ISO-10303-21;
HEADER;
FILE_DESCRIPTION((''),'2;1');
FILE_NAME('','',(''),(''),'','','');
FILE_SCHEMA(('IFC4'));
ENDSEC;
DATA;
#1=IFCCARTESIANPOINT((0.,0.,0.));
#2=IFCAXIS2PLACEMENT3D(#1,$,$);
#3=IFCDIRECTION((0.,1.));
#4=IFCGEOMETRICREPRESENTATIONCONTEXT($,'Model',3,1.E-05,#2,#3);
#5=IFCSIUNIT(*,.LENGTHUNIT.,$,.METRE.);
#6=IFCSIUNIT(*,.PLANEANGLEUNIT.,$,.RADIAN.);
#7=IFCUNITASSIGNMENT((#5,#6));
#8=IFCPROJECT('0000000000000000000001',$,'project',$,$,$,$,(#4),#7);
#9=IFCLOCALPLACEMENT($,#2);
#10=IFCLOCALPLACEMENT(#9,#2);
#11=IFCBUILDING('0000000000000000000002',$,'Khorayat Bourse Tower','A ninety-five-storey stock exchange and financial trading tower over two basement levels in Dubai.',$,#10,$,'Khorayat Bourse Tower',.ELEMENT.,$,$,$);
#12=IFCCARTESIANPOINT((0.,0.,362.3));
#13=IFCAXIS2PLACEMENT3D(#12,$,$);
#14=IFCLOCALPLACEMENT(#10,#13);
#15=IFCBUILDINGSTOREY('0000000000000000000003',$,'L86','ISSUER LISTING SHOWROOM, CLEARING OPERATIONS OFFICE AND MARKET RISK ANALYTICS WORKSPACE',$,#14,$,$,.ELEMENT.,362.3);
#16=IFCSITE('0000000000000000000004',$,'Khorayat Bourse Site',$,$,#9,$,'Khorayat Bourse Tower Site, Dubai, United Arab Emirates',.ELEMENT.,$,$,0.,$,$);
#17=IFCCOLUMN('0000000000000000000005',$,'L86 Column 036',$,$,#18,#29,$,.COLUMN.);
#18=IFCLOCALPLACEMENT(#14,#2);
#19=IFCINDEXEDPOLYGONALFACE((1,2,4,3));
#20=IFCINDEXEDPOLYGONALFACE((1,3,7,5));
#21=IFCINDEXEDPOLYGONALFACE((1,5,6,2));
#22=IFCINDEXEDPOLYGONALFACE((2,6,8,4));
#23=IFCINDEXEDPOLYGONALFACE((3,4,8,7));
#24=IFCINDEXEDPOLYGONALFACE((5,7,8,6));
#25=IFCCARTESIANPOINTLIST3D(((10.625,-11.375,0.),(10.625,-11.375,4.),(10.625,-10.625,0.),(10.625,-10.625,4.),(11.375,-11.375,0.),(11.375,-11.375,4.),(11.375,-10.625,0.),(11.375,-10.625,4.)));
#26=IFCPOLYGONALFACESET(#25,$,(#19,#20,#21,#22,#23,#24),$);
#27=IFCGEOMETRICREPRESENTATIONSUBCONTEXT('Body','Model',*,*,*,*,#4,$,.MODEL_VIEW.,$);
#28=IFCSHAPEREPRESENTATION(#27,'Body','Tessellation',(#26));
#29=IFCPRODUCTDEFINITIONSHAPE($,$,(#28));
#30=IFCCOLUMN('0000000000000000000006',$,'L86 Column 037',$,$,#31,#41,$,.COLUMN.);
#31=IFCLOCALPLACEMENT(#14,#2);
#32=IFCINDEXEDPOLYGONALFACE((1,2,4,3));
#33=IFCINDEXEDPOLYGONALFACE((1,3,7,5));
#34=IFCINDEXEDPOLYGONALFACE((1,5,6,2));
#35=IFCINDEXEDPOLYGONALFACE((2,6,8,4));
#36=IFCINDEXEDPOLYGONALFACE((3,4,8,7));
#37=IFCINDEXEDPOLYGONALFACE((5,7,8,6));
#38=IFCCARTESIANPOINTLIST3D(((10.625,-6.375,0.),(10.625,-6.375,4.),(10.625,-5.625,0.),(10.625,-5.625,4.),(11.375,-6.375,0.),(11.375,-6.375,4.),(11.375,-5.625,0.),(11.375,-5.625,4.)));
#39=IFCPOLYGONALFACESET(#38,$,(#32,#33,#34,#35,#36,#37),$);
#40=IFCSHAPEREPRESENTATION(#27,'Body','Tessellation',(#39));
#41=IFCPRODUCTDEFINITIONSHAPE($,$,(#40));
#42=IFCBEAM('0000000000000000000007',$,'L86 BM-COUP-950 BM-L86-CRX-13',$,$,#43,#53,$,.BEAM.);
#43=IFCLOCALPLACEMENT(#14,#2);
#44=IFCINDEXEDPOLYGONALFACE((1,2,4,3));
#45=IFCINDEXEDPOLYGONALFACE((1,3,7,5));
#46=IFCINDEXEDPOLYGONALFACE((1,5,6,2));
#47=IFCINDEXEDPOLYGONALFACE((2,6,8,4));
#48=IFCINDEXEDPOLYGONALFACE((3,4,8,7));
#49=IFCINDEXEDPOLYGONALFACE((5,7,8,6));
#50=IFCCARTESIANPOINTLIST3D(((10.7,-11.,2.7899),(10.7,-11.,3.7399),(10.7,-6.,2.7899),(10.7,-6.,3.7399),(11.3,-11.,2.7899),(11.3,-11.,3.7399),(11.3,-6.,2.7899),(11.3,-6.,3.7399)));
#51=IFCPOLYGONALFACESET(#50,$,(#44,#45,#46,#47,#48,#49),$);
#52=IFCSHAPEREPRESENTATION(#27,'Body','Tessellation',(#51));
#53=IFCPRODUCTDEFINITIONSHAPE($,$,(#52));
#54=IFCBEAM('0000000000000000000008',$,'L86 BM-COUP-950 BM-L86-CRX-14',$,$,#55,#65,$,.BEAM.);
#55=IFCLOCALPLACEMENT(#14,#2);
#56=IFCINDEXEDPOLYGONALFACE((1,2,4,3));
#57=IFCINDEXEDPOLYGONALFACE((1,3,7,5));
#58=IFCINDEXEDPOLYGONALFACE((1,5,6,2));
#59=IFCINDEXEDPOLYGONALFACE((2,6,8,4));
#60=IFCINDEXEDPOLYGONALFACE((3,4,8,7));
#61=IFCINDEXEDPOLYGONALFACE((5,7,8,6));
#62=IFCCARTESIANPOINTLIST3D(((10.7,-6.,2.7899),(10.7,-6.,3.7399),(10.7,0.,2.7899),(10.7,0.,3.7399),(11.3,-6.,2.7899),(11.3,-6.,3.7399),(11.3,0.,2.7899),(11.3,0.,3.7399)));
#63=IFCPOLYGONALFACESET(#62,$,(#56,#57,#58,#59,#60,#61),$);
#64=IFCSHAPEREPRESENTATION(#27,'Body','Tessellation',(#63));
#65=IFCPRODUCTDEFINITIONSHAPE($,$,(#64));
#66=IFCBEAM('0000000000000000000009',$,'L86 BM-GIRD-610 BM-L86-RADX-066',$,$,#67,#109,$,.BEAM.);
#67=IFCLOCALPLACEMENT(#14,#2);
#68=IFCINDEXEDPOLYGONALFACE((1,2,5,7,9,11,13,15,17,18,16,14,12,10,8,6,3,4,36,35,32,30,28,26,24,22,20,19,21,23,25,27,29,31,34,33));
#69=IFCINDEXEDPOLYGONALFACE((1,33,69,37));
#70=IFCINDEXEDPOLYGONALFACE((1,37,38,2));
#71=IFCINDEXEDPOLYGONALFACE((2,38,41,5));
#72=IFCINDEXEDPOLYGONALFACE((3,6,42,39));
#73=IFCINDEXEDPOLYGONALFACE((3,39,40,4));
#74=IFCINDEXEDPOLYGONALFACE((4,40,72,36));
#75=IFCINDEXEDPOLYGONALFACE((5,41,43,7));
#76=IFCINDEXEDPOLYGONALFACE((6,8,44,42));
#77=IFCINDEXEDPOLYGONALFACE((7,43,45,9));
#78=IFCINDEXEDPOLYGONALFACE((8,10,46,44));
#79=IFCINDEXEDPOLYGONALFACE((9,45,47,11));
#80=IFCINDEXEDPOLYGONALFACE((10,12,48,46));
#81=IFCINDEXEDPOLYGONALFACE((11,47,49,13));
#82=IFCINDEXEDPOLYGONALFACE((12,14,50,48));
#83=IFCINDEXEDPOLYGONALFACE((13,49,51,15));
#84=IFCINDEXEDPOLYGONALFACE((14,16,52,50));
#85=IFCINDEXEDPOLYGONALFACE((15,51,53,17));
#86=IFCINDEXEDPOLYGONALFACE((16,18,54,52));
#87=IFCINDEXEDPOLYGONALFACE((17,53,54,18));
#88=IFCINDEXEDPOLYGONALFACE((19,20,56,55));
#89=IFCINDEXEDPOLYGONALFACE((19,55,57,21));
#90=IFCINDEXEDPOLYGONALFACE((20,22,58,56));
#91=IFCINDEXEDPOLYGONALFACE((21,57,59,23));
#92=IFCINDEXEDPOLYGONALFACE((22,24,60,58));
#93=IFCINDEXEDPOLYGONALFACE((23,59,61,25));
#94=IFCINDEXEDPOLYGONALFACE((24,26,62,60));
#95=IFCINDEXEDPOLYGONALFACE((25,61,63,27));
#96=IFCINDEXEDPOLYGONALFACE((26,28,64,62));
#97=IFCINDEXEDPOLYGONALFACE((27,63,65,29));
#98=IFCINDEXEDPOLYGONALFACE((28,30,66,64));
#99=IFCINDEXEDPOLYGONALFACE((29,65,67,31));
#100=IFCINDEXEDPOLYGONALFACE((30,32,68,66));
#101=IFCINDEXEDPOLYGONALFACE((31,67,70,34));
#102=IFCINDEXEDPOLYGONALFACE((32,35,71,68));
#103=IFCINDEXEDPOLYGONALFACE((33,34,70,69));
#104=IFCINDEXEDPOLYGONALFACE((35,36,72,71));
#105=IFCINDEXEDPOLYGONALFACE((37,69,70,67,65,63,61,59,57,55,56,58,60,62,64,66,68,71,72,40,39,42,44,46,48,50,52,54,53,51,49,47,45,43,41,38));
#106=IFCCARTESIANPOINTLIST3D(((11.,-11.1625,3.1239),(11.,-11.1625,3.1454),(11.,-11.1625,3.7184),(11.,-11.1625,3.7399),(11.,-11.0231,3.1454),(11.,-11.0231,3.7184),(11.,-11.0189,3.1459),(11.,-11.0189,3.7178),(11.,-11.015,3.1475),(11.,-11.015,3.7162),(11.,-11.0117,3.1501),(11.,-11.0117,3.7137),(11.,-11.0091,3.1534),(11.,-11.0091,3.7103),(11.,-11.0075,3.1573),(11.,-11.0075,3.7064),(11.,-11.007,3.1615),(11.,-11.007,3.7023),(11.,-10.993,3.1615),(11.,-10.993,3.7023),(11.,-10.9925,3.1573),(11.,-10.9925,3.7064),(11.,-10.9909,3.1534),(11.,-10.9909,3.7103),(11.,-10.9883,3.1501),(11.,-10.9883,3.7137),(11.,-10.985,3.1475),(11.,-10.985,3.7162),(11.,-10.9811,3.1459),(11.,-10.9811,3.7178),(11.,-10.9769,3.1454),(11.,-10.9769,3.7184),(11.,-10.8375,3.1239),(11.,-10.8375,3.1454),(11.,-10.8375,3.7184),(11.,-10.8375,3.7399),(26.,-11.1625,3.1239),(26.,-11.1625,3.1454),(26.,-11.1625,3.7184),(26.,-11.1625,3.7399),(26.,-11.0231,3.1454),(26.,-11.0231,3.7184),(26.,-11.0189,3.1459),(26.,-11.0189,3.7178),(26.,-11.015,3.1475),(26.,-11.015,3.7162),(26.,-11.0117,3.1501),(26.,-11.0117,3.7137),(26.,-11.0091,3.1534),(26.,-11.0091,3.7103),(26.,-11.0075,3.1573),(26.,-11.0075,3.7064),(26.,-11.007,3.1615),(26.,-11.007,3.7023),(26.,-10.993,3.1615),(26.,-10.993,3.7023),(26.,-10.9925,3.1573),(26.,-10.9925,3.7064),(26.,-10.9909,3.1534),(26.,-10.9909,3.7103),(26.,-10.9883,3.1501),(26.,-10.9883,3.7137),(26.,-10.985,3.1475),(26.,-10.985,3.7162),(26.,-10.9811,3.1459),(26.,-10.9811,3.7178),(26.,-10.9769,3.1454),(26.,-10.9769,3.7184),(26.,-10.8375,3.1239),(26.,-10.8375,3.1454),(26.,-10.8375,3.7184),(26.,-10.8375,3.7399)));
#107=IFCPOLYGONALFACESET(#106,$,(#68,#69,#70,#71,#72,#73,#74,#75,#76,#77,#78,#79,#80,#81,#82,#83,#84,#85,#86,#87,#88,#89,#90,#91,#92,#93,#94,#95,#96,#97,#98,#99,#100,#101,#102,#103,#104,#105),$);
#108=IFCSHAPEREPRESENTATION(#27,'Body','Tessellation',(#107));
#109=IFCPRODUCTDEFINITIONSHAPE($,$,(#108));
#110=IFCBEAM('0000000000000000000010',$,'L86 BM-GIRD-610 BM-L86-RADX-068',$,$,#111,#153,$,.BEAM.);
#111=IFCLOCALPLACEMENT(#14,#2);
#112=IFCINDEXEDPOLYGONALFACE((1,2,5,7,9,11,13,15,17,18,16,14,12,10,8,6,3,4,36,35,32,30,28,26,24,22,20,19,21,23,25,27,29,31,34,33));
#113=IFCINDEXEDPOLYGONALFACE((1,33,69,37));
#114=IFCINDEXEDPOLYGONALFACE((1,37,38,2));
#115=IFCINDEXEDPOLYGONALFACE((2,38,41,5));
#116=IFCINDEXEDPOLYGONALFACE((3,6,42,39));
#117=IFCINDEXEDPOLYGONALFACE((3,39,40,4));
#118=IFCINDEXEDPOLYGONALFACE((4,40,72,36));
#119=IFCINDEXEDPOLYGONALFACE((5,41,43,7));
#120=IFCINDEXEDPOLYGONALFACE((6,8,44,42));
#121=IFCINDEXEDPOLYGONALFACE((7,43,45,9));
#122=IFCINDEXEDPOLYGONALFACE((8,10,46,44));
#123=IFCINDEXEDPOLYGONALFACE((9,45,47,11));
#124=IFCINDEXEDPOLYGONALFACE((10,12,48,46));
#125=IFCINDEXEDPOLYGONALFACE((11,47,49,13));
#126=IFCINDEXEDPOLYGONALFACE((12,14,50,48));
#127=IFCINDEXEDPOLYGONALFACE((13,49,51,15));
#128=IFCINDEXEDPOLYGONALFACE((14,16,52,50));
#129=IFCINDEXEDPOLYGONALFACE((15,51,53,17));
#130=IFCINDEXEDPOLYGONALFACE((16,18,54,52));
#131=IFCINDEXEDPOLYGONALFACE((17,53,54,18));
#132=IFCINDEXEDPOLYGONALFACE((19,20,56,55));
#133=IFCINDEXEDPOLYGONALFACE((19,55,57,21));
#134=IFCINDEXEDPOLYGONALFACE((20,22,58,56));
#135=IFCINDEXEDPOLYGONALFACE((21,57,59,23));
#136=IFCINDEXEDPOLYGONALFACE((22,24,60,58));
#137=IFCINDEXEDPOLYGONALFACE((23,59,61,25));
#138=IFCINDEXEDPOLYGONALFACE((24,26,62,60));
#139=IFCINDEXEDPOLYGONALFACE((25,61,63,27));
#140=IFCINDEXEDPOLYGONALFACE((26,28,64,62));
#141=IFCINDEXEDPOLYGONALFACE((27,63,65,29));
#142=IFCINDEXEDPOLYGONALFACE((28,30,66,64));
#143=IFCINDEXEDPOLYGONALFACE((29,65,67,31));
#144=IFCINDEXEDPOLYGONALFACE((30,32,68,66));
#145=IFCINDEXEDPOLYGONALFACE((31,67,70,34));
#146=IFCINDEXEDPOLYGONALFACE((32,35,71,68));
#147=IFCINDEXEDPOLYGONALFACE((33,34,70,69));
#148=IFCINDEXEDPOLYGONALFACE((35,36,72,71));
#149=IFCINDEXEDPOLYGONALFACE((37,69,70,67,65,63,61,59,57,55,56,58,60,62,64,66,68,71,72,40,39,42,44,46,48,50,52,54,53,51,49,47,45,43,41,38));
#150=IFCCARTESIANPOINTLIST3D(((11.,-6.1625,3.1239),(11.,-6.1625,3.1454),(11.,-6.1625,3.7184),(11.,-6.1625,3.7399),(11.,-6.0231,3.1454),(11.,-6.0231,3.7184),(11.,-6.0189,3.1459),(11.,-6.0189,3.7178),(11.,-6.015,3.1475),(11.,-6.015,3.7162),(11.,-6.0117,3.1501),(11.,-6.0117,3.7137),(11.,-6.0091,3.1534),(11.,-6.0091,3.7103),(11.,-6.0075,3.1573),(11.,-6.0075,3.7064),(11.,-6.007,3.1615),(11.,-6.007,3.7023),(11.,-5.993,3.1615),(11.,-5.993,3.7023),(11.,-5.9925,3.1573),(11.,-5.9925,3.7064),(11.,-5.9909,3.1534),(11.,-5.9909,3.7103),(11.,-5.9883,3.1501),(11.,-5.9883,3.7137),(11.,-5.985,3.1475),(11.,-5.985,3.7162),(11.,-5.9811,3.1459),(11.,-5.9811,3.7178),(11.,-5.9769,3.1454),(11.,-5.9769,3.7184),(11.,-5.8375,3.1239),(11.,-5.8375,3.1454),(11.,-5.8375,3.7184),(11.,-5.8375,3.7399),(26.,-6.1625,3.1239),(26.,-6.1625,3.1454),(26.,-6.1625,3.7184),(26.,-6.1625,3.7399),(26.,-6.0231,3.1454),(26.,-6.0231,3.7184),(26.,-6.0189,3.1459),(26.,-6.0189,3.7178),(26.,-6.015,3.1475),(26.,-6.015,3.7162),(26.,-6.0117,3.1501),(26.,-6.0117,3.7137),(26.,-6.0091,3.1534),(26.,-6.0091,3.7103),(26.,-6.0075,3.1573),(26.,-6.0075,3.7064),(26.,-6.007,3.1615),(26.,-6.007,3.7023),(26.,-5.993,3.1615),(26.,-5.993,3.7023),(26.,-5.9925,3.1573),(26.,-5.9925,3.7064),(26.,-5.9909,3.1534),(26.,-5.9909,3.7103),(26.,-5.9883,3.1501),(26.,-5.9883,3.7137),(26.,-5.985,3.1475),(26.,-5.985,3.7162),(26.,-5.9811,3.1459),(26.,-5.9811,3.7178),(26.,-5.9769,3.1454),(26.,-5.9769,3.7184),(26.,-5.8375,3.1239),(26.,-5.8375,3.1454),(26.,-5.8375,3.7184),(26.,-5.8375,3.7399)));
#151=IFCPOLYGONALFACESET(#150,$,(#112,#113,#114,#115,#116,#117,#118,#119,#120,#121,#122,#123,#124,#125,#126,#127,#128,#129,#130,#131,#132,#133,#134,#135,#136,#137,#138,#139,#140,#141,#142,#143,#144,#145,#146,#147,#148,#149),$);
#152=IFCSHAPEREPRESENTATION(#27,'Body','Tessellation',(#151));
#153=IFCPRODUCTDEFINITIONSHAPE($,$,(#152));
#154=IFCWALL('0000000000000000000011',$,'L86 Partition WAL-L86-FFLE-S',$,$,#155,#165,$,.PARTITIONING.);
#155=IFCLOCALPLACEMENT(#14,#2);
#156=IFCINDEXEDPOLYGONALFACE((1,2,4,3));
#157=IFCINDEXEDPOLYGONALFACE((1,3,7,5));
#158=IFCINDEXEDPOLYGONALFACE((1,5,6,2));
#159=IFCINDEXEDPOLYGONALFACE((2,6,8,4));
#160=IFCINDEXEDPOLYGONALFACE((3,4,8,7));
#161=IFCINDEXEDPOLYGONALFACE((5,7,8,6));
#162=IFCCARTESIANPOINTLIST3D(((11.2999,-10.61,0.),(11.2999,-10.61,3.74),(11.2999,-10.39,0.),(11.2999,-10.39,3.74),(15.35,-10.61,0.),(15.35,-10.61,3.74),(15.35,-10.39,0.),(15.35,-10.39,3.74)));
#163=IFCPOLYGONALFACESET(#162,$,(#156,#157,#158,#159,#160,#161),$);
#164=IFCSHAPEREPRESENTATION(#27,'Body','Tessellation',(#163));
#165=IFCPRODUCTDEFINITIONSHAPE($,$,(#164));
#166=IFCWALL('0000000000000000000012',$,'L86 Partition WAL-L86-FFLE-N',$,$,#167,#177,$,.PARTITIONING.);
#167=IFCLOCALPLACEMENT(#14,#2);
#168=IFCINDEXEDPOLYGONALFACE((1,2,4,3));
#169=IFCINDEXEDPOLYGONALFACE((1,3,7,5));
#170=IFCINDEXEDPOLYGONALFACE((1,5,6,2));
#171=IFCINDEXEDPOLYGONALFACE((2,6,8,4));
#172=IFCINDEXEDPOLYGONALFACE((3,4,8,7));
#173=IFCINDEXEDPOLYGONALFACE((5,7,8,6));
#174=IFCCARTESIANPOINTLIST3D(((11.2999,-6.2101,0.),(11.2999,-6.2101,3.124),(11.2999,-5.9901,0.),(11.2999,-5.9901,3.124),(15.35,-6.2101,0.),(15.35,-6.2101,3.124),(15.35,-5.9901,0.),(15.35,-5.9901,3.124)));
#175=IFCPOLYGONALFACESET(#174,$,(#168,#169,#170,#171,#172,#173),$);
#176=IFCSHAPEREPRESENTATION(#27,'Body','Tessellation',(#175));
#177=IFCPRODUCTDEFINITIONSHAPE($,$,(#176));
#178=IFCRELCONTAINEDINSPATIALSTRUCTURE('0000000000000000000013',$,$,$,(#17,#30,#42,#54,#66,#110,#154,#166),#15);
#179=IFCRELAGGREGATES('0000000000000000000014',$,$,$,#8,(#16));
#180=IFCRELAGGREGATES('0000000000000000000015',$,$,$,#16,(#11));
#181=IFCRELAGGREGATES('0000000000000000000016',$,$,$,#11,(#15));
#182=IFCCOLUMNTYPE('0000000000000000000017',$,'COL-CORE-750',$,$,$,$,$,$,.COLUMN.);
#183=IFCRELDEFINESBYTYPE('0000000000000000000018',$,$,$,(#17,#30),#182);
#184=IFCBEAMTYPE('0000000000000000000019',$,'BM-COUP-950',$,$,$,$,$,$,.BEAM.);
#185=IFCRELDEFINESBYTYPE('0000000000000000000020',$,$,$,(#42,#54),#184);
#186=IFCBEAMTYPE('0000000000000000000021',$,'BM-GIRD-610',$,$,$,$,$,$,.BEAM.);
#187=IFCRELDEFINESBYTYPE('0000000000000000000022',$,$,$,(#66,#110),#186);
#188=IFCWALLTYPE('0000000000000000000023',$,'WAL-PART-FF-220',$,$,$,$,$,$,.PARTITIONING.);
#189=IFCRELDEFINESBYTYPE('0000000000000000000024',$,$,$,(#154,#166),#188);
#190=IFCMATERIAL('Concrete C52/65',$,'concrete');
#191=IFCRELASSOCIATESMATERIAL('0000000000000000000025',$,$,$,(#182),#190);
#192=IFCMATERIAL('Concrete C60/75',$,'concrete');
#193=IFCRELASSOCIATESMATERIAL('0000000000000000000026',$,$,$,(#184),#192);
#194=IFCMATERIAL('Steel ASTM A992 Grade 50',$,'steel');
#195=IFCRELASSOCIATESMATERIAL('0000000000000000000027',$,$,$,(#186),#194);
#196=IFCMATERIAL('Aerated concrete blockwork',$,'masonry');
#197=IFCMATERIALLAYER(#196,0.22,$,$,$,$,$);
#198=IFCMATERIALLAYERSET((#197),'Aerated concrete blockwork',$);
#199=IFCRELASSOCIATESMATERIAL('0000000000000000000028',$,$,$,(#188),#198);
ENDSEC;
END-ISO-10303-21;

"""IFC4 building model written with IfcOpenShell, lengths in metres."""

from ifc_helpers import new_model, si_unit, direction, frame, frame_2d, origin, origin_2d, place, context, subcontext, project, spatial, rectangle, i_section, extrude, source, transform, mapped, material, layer, layer_set, material_profile, profile_set, type_object, element, save


model = new_model("IFC4")

# Units and contexts
model_context = context("Model", 3, precision=1e-05, world=origin(), true_north=direction((0.0, 1.0)))
body_context = subcontext(model_context, "Body", "Model", "MODEL_VIEW")
ifc_project = project(units=[si_unit("LENGTHUNIT", "METRE"), si_unit("PLANEANGLEUNIT", "RADIAN")], contexts=[model_context])

# Site, building, storey
site_placement = place(None, origin())
site = spatial("IfcSite", under=ifc_project, at=site_placement, Name="Khorayat Bourse Site", LongName="Khorayat Bourse Tower Site, Dubai, United Arab Emirates", CompositionType="ELEMENT", RefElevation=0.0)
building_placement = place(site_placement, origin())
building = spatial("IfcBuilding", under=site, at=building_placement, Name="Khorayat Bourse Tower", Description="A ninety-five-storey stock exchange and financial trading tower over two basement levels in Dubai.", LongName="Khorayat Bourse Tower", CompositionType="ELEMENT")
storey_placement = place(building_placement, frame((0.0, 0.0, 362.3)))
storey = spatial("IfcBuildingStorey", under=building, at=storey_placement, Name="L86", Description="ISSUER LISTING SHOWROOM, CLEARING OPERATIONS OFFICE AND MARKET RISK ANALYTICS WORKSPACE", CompositionType="ELEMENT", Elevation=362.3)

# Columns
ifc_material_1 = material(Name="Concrete C52/65", Category="concrete")
ifc_material_profile_1 = material_profile(ifc_material_1, rectangle(XDim=0.75, YDim=0.75, at=origin_2d()), Name="RC 750x750")
ifc_profile_set_1 = profile_set([ifc_material_profile_1], Name="Concrete C52/65")
column_type = type_object("IfcColumnType", Name="COL-CORE-750", PredefinedType="COLUMN", material=ifc_profile_set_1)
shared_shape_1 = source(origin(), body_context, "Body", "SweptSolid", [
    extrude(rectangle(XDim=0.75, YDim=0.75, at=origin_2d()), origin(), (0.0, 0.0, 1.0), 4.0),
])
for number, where, z_axis, x_axis, name in (
    (1, (11.0, -11.0, 0.0), (0.0, 0.0, 1.0), (1.0, 0.0, 0.0), "L86 Column 036"),
    (2, (11.0, -6.0, 0.0), (0.0, 0.0, 1.0), (1.0, 0.0, 0.0), "L86 Column 037"),
):
    element("IfcColumn", number, at=place(storey_placement, frame(where, z_axis=z_axis, x_axis=x_axis)), inside=storey, type_object=column_type, Name=name, PredefinedType="COLUMN", context=body_context, shape_type="MappedRepresentation", body=[
        mapped(shared_shape_1, transform((0.0, 0.0, 0.0), scale=1.0)),
    ])

# Beams
ifc_material_2 = material(Name="Concrete C60/75", Category="concrete")
ifc_material_profile_2 = material_profile(ifc_material_2, rectangle(XDim=0.6001, YDim=0.95, at=origin_2d()), Name="RC 600x950")
ifc_profile_set_2 = profile_set([ifc_material_profile_2], Name="Concrete C60/75")
beam_type_1 = type_object("IfcBeamType", Name="BM-COUP-950", PredefinedType="BEAM", material=ifc_profile_set_2)
shared_shape_2 = source(origin(), body_context, "Body", "SweptSolid", [
    extrude(rectangle(XDim=0.6001, YDim=0.95, at=origin_2d()), origin(), (0.0, 0.0, 1.0), 5.0),
])
beam_1_placement = place(storey_placement, frame((11.0, -11.0, 3.2649), z_axis=(0.0, 1.0, 0.0), x_axis=(-1.0, 0.0, 0.0)))
element("IfcBeam", 3, at=beam_1_placement, inside=storey, type_object=beam_type_1, Name="L86 BM-COUP-950 BM-L86-CRX-13", PredefinedType="BEAM", context=body_context, shape_type="MappedRepresentation", body=[
    mapped(shared_shape_2, transform((0.0, 0.0, 0.0), scale=1.0)),
])
shared_shape_3 = source(origin(), body_context, "Body", "SweptSolid", [
    extrude(rectangle(XDim=0.6001, YDim=0.95, at=origin_2d()), origin(), (0.0, 0.0, 1.0), 6.0),
])
beam_2_placement = place(storey_placement, frame((11.0, -6.0, 3.2649), z_axis=(0.0, 1.0, 0.0), x_axis=(-1.0, 0.0, 0.0)))
element("IfcBeam", 4, at=beam_2_placement, inside=storey, type_object=beam_type_1, Name="L86 BM-COUP-950 BM-L86-CRX-14", PredefinedType="BEAM", context=body_context, shape_type="MappedRepresentation", body=[
    mapped(shared_shape_3, transform((0.0, 0.0, 0.0), scale=1.0)),
])
ifc_material_3 = material(Name="Steel ASTM A992 Grade 50", Category="steel")
ifc_material_profile_3 = material_profile(ifc_material_3, i_section(OverallWidth=0.325, OverallDepth=0.616, WebThickness=0.0139, FlangeThickness=0.0215, FilletRadius=0.0161, at=origin_2d()), Name="W610X174")
ifc_profile_set_3 = profile_set([ifc_material_profile_3], Name="Steel ASTM A992 Grade 50")
beam_type_2 = type_object("IfcBeamType", Name="BM-GIRD-610", PredefinedType="BEAM", material=ifc_profile_set_3)
shared_shape_4 = source(origin(), body_context, "Body", "SweptSolid", [
    extrude(i_section(OverallWidth=0.325, OverallDepth=0.616, WebThickness=0.0139, FlangeThickness=0.0215, FilletRadius=0.0161, at=origin_2d()), origin(), (0.0, 0.0, 1.0), 15.0),
])
for number, where, z_axis, x_axis, name in (
    (5, (11.0, -11.0, 3.4319), (1.0, 0.0, 0.0), (0.0, 1.0, 0.0), "L86 BM-GIRD-610 BM-L86-RADX-066"),
    (6, (11.0, -6.0, 3.4319), (1.0, 0.0, 0.0), (0.0, 1.0, 0.0), "L86 BM-GIRD-610 BM-L86-RADX-068"),
):
    element("IfcBeam", number, at=place(storey_placement, frame(where, z_axis=z_axis, x_axis=x_axis)), inside=storey, type_object=beam_type_2, Name=name, PredefinedType="BEAM", context=body_context, shape_type="MappedRepresentation", body=[
        mapped(shared_shape_4, transform((0.0, 0.0, 0.0), scale=1.0)),
    ])

# Walls
ifc_material_4 = material(Name="Aerated concrete blockwork", Category="masonry")
ifc_layer_1 = layer(ifc_material_4, 0.22)
ifc_layer_set_1 = layer_set([ifc_layer_1], Name="Aerated concrete blockwork")
wall_type_1 = type_object("IfcWallType", Name="WAL-PART-FF-220", PredefinedType="PARTITIONING", material=ifc_layer_set_1)
shared_shape_5 = source(origin(), body_context, "Body", "SweptSolid", [
    extrude(rectangle(XDim=4.05, YDim=0.22, at=frame_2d((2.0249, 0.0))), origin(), (0.0, 0.0, 1.0), 3.74),
])
wall_1_placement = place(storey_placement, frame((11.3, -10.5, 0.0), z_axis=(0.0, 0.0, 1.0), x_axis=(1.0, 0.0, 0.0)))
element("IfcWall", 7, at=wall_1_placement, inside=storey, type_object=wall_type_1, Name="L86 Partition WAL-L86-FFLE-S", PredefinedType="PARTITIONING", context=body_context, shape_type="MappedRepresentation", body=[
    mapped(shared_shape_5, transform((0.0, 0.0, 0.0), scale=1.0)),
])
shared_shape_6 = source(origin(), body_context, "Body", "SweptSolid", [
    extrude(rectangle(XDim=4.05, YDim=0.22, at=frame_2d((2.0249, 0.0))), origin(), (0.0, 0.0, 1.0), 3.124),
])
wall_2_placement = place(storey_placement, frame((11.3, -6.1001, 0.0), z_axis=(0.0, 0.0, 1.0), x_axis=(1.0, 0.0, 0.0)))
element("IfcWall", 8, at=wall_2_placement, inside=storey, type_object=wall_type_1, Name="L86 Partition WAL-L86-FFLE-N", PredefinedType="PARTITIONING", context=body_context, shape_type="MappedRepresentation", body=[
    mapped(shared_shape_6, transform((0.0, 0.0, 0.0), scale=1.0)),
])

save(model, "model.ifc")
